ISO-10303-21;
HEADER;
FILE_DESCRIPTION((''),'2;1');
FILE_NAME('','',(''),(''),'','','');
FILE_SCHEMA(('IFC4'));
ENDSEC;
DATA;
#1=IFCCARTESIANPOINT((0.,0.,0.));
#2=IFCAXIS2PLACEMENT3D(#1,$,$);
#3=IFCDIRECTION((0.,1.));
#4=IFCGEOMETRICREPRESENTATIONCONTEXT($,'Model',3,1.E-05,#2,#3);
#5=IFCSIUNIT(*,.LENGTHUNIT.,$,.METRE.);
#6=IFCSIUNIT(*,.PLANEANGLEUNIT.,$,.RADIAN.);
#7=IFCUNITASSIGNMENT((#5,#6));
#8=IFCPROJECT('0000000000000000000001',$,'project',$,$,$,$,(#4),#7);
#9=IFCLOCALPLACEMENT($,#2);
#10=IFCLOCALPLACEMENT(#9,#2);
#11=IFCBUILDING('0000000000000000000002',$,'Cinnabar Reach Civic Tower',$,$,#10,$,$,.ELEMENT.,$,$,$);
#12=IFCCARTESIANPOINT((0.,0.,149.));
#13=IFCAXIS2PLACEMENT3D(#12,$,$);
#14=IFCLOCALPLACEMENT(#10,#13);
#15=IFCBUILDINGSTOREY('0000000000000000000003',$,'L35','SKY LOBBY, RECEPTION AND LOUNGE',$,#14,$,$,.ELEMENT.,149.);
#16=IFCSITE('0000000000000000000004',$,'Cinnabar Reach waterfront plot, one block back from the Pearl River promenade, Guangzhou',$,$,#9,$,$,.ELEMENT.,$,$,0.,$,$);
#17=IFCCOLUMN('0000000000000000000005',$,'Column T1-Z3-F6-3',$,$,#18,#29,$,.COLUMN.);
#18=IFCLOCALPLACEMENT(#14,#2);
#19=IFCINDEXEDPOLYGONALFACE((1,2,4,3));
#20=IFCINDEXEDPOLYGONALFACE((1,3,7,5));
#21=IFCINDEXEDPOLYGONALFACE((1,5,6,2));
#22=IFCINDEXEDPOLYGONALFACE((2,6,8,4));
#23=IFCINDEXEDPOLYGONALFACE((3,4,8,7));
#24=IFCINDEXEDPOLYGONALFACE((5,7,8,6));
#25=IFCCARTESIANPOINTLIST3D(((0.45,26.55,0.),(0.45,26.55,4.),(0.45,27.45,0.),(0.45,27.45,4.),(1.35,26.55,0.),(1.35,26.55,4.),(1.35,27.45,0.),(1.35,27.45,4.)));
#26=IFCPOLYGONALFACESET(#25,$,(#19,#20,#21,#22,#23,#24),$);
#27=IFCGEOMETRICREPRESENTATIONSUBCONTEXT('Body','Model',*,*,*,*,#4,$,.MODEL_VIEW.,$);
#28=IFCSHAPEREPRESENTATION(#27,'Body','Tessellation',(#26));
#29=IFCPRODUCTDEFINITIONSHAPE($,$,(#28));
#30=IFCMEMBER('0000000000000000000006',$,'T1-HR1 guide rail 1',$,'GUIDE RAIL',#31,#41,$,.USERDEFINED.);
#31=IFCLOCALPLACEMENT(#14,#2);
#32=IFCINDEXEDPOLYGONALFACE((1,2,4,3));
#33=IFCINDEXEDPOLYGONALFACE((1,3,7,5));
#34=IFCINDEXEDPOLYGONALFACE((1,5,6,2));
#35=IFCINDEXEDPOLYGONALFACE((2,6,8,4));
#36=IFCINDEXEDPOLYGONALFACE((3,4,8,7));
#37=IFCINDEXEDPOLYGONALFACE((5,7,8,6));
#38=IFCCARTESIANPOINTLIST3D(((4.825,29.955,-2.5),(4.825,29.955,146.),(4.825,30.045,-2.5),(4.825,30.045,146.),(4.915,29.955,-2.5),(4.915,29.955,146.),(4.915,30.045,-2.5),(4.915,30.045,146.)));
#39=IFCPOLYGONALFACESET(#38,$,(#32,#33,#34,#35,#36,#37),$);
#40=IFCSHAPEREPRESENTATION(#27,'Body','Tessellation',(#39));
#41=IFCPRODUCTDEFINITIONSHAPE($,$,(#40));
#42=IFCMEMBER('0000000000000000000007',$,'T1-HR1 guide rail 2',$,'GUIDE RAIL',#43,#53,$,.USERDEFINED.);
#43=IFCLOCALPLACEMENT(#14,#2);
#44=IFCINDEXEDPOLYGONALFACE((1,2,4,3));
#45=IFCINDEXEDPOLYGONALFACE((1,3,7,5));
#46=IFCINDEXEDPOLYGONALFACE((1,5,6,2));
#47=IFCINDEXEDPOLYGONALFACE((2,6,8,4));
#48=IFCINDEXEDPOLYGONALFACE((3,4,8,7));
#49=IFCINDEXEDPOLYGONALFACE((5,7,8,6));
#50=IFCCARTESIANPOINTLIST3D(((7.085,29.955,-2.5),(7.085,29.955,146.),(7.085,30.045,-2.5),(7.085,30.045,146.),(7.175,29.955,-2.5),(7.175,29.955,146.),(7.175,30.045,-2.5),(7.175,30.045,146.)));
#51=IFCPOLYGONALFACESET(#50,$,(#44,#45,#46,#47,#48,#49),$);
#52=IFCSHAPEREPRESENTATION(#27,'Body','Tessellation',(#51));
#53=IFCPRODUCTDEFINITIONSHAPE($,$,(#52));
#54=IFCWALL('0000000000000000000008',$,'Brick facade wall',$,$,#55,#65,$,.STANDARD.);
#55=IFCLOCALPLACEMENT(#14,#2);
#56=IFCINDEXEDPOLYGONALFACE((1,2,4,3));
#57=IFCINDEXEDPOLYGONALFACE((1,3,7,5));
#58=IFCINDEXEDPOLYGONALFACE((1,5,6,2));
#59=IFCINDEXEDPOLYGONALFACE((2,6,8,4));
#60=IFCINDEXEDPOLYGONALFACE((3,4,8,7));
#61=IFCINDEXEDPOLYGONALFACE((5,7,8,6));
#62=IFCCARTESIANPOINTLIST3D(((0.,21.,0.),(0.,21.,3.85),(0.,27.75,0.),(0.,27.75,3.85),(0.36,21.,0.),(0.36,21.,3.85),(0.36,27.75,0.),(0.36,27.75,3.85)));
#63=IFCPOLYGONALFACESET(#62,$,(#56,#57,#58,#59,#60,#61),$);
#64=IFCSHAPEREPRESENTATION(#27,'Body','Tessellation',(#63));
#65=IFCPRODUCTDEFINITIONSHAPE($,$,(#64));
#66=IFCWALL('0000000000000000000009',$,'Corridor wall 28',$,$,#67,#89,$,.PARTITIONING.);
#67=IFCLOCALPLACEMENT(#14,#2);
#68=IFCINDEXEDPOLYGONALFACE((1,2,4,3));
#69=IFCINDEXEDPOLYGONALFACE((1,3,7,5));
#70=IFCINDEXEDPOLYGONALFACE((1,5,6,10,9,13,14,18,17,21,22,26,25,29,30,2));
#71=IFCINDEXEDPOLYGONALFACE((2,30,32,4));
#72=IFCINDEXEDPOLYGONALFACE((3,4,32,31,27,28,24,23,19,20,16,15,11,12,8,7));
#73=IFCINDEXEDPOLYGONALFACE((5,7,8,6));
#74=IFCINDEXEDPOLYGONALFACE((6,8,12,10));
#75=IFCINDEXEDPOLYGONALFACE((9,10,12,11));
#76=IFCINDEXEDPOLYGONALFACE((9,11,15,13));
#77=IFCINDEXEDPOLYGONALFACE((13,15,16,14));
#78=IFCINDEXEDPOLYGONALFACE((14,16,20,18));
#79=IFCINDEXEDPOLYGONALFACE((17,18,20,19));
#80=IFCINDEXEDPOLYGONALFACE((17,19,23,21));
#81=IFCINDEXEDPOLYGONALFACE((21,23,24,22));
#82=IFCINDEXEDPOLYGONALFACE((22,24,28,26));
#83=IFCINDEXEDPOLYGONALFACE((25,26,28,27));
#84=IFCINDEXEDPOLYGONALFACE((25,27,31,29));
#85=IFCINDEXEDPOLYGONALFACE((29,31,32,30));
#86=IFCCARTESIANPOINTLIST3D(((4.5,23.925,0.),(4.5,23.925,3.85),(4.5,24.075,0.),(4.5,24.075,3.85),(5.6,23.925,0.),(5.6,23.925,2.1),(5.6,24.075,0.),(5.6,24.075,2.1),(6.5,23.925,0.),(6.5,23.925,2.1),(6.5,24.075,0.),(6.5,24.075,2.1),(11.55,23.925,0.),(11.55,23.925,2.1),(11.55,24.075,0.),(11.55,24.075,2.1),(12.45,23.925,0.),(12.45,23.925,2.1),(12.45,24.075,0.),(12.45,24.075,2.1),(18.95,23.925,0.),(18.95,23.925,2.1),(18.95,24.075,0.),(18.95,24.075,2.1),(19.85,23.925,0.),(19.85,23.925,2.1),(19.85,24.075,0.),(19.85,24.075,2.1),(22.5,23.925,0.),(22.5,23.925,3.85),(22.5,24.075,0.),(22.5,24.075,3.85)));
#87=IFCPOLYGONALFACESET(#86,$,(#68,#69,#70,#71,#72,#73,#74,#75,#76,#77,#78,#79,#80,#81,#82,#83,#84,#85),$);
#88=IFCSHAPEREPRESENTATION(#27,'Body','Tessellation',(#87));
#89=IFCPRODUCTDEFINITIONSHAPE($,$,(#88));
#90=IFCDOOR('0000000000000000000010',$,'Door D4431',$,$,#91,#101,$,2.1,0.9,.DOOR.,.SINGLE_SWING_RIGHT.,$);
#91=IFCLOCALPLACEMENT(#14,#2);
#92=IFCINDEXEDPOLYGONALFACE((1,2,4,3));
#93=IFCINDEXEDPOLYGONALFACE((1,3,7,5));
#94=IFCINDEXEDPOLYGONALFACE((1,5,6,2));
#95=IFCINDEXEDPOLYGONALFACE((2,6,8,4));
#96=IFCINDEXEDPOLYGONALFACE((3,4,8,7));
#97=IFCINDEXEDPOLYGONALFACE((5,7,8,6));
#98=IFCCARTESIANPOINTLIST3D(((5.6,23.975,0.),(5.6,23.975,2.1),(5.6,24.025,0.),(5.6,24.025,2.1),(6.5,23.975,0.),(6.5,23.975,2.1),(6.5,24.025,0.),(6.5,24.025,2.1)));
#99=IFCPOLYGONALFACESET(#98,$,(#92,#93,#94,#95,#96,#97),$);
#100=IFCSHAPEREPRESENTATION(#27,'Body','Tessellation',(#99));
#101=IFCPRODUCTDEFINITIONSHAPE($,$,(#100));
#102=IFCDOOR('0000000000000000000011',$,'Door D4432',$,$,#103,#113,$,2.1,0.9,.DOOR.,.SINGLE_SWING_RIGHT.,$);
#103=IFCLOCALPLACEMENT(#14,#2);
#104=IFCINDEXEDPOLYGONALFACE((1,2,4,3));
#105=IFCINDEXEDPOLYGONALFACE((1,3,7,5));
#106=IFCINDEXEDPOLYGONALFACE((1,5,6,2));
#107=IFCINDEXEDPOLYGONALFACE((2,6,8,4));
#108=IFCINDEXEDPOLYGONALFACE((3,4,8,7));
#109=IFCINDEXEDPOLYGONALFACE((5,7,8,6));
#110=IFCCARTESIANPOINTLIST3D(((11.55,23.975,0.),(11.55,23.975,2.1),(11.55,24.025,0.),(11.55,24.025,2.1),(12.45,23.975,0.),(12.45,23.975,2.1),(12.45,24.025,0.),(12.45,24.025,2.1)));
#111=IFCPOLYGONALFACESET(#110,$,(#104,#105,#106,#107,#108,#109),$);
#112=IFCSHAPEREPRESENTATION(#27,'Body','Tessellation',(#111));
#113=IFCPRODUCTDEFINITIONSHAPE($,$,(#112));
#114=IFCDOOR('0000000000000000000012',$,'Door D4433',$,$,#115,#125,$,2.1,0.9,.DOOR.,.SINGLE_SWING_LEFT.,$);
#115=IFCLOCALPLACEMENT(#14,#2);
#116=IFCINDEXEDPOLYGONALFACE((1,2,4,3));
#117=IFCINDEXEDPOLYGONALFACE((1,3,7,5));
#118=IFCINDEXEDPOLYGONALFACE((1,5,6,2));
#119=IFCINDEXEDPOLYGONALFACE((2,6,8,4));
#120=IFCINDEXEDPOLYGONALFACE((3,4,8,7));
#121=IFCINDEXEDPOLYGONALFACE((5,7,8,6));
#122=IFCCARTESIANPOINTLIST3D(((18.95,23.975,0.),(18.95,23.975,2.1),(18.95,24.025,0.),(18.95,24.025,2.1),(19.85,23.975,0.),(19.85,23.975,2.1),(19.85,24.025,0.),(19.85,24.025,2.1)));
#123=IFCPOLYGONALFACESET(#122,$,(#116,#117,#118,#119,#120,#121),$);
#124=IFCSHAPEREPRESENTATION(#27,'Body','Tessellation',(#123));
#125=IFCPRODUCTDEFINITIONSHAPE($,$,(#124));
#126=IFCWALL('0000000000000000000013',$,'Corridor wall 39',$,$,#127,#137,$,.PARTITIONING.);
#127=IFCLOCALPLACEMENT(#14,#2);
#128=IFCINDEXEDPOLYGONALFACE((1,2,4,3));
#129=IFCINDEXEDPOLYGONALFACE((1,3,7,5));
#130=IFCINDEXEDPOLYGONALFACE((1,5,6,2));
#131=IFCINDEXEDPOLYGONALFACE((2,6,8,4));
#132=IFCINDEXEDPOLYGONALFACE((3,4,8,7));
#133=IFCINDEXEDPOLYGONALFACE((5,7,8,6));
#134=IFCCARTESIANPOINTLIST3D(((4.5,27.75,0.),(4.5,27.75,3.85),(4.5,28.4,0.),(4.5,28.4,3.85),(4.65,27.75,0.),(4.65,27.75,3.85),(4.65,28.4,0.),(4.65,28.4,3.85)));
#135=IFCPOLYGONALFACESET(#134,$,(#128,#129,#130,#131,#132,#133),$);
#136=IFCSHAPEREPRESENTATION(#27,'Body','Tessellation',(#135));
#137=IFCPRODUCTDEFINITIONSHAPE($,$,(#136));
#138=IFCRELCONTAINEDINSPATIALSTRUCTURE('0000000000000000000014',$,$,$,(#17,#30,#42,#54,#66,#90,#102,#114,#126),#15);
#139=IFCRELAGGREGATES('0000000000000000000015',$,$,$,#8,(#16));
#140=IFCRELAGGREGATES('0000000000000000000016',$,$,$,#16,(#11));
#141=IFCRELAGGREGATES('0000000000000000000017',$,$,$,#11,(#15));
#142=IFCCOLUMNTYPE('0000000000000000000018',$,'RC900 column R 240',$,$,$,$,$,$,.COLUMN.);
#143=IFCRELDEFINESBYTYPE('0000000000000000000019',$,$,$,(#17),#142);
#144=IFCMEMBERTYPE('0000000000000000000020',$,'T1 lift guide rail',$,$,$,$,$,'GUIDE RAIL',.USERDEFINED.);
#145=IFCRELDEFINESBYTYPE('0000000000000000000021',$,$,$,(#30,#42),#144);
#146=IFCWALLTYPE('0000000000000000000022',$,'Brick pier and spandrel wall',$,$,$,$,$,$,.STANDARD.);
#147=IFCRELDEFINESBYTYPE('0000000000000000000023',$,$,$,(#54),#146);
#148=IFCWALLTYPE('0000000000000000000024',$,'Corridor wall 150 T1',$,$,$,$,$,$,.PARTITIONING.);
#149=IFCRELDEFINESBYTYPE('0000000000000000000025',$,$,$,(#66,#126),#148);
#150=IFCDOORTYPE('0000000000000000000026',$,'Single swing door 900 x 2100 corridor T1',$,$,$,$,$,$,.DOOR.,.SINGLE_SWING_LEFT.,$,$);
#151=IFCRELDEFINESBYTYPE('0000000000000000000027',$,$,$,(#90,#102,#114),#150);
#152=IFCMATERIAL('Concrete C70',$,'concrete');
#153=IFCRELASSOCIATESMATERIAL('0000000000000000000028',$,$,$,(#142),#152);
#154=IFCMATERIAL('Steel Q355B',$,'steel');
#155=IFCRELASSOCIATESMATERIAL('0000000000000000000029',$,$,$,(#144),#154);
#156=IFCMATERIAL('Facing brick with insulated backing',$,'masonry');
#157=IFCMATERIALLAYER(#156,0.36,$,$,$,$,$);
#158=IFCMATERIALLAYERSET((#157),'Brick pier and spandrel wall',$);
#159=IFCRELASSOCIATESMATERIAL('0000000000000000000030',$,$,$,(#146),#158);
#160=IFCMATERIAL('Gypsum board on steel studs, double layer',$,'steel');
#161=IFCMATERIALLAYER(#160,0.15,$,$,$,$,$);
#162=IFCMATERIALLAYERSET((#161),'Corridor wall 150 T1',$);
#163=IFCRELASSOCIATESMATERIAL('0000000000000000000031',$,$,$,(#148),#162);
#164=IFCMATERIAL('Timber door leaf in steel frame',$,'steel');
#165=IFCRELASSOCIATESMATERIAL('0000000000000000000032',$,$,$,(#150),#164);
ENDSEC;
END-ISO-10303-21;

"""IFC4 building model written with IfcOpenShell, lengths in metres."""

from ifc_helpers import new_model, si_unit, direction, frame, frame_2d, origin, origin_2d, place, context, subcontext, project, spatial, rectangle, extrude, material, layer, layer_set, material_profile, profile_set, type_object, element, fill, save


model = new_model("IFC4")

# Units and contexts
model_context = context("Model", 3, precision=1e-05, world=origin(), true_north=direction((0.0, 1.0)))
body_context = subcontext(model_context, "Body", "Model", "MODEL_VIEW")
ifc_project = project(units=[si_unit("LENGTHUNIT", "METRE"), si_unit("PLANEANGLEUNIT", "RADIAN")], contexts=[model_context])

# Site, building, storey
site_placement = place(None, origin())
site = spatial("IfcSite", under=ifc_project, at=site_placement, Name="Cinnabar Reach waterfront plot, one block back from the Pearl River promenade, Guangzhou", CompositionType="ELEMENT", RefElevation=0.0)
building_placement = place(site_placement, origin())
building = spatial("IfcBuilding", under=site, at=building_placement, Name="Cinnabar Reach Civic Tower", CompositionType="ELEMENT")
storey_placement = place(building_placement, frame((0.0, 0.0, 149.0)))
storey = spatial("IfcBuildingStorey", under=building, at=storey_placement, Name="L35", Description="SKY LOBBY, RECEPTION AND LOUNGE", CompositionType="ELEMENT", Elevation=149.0)

# Column
ifc_material_1 = material(Name="Concrete C70", Category="concrete")
ifc_material_profile_1 = material_profile(ifc_material_1, rectangle(XDim=0.9, YDim=0.9, at=origin_2d()), Name="RC900")
ifc_profile_set_1 = profile_set([ifc_material_profile_1], Name="Concrete C70")
column_type = type_object("IfcColumnType", Name="RC900 column R 240", PredefinedType="COLUMN", material=ifc_profile_set_1)
column_placement = place(storey_placement, frame((0.9, 27.0, 0.0), z_axis=(0.0, 0.0, 1.0), x_axis=(1.0, 0.0, 0.0)))
element("IfcColumn", 1, at=column_placement, inside=storey, type_object=column_type, Name="Column T1-Z3-F6-3", PredefinedType="COLUMN", context=body_context, shape_type="SweptSolid", body=[
    extrude(rectangle(XDim=0.9, YDim=0.9, at=origin_2d()), origin(), (0.0, 0.0, 1.0), 4.0),
])

# Members
ifc_material_2 = material(Name="Steel Q355B", Category="steel")
ifc_material_profile_2 = material_profile(ifc_material_2, rectangle(XDim=0.09, YDim=0.09, at=origin_2d()), Name="T1 lift guide rail")
ifc_profile_set_2 = profile_set([ifc_material_profile_2], Name="Steel Q355B")
member_type = type_object("IfcMemberType", Name="T1 lift guide rail", ElementType="GUIDE RAIL", PredefinedType="USERDEFINED", material=ifc_profile_set_2)
for number, where, z_axis, x_axis, name in (
    (2, (4.87, 30.0, -2.5), (0.0, 0.0, 1.0), (1.0, 0.0, 0.0), "T1-HR1 guide rail 1"),
    (3, (7.13, 30.0, -2.5), (0.0, 0.0, 1.0), (1.0, 0.0, 0.0), "T1-HR1 guide rail 2"),
):
    element("IfcMember", number, at=place(storey_placement, frame(where, z_axis=z_axis, x_axis=x_axis)), inside=storey, type_object=member_type, Name=name, ObjectType="GUIDE RAIL", PredefinedType="USERDEFINED", context=body_context, shape_type="SweptSolid", body=[
        extrude(rectangle(XDim=0.09, YDim=0.09, at=origin_2d()), origin(), (0.0, 0.0, 1.0), 148.5),
    ])

# Wall
ifc_material_3 = material(Name="Facing brick with insulated backing", Category="masonry")
ifc_layer_1 = layer(ifc_material_3, 0.36)
ifc_layer_set_1 = layer_set([ifc_layer_1], Name="Brick pier and spandrel wall")
wall_type_1 = type_object("IfcWallType", Name="Brick pier and spandrel wall", PredefinedType="STANDARD", material=ifc_layer_set_1)
wall_1_placement = place(storey_placement, frame((0.18, 27.75, 0.0), z_axis=(0.0, 0.0, 1.0), x_axis=(0.0, -1.0, 0.0)))
element("IfcWall", 4, at=wall_1_placement, inside=storey, type_object=wall_type_1, Name="Brick facade wall", PredefinedType="STANDARD", context=body_context, shape_type="SweptSolid", body=[
    extrude(rectangle(XDim=6.75, YDim=0.36, at=frame_2d((3.375, 0.0))), origin(), (0.0, 0.0, 1.0), 3.85),
])

# Wall, openings, doors
ifc_material_4 = material(Name="Gypsum board on steel studs, double layer", Category="steel")
ifc_layer_2 = layer(ifc_material_4, 0.15)
ifc_layer_set_2 = layer_set([ifc_layer_2], Name="Corridor wall 150 T1")
wall_type_2 = type_object("IfcWallType", Name="Corridor wall 150 T1", PredefinedType="PARTITIONING", material=ifc_layer_set_2)
wall_2_placement = place(storey_placement, frame((4.5, 24.0, 0.0), z_axis=(0.0, 0.0, 1.0), x_axis=(1.0, 0.0, 0.0)))
wall_2 = element("IfcWall", 5, at=wall_2_placement, inside=storey, type_object=wall_type_2, Name="Corridor wall 28", PredefinedType="PARTITIONING", context=body_context, shape_type="SweptSolid", body=[
    extrude(rectangle(XDim=18.0, YDim=0.15, at=frame_2d((9.0, 0.0))), origin(), (0.0, 0.0, 1.0), 3.85),
])
opening_1_placement = place(wall_2_placement, frame((1.1, 0.0, 0.0)))
opening_1 = element("IfcOpeningElement", 6, at=opening_1_placement, cuts=wall_2, PredefinedType="OPENING", context=body_context, shape_type="SweptSolid", body=[
    extrude(rectangle(XDim=0.9, YDim=2.1, at=frame_2d((0.45, 1.05))), frame((0.0, 0.085, 0.0), z_axis=(0.0, -1.0, 0.0), x_axis=(1.0, 0.0, 0.0)), (0.0, 0.0, 1.0), 0.17),
])
opening_2_placement = place(wall_2_placement, frame((7.05, 0.0, 0.0)))
opening_2 = element("IfcOpeningElement", 7, at=opening_2_placement, cuts=wall_2, PredefinedType="OPENING", context=body_context, shape_type="SweptSolid", body=[
    extrude(rectangle(XDim=0.9, YDim=2.1, at=frame_2d((0.45, 1.05))), frame((0.0, 0.085, 0.0), z_axis=(0.0, -1.0, 0.0), x_axis=(1.0, 0.0, 0.0)), (0.0, 0.0, 1.0), 0.17),
])
opening_3_placement = place(wall_2_placement, frame((14.45, 0.0, 0.0)))
opening_3 = element("IfcOpeningElement", 8, at=opening_3_placement, cuts=wall_2, PredefinedType="OPENING", context=body_context, shape_type="SweptSolid", body=[
    extrude(rectangle(XDim=0.9, YDim=2.1, at=frame_2d((0.45, 1.05))), frame((0.0, 0.085, 0.0), z_axis=(0.0, -1.0, 0.0), x_axis=(1.0, 0.0, 0.0)), (0.0, 0.0, 1.0), 0.17),
])
ifc_material_5 = material(Name="Timber door leaf in steel frame", Category="steel")
door_type_1 = type_object("IfcDoorType", Name="Single swing door 900 x 2100 corridor T1", OperationType="SINGLE_SWING_LEFT", PredefinedType="DOOR", material=ifc_material_5)
door_1_placement = place(opening_1_placement, frame((0.9, 0.0, 0.0), z_axis=(0.0, 0.0, 1.0), x_axis=(-1.0, 0.0, 0.0)))
door_1 = element("IfcDoor", 9, at=door_1_placement, inside=storey, type_object=door_type_1, Name="Door D4431", OperationType="SINGLE_SWING_RIGHT", OverallHeight=2.1, OverallWidth=0.9, PredefinedType="DOOR", context=body_context, shape_type="SweptSolid", body=[
    extrude(rectangle(XDim=0.9, YDim=2.1, at=frame_2d((0.45, 1.05))), frame((0.0, 0.025, 0.0), z_axis=(0.0, -1.0, 0.0), x_axis=(1.0, 0.0, 0.0)), (0.0, 0.0, 1.0), 0.05),
])
fill(opening_1, door_1)
door_2_placement = place(opening_2_placement, frame((0.9, 0.0, 0.0), z_axis=(0.0, 0.0, 1.0), x_axis=(-1.0, 0.0, 0.0)))
door_2 = element("IfcDoor", 10, at=door_2_placement, inside=storey, type_object=door_type_1, Name="Door D4432", OperationType="SINGLE_SWING_RIGHT", OverallHeight=2.1, OverallWidth=0.9, PredefinedType="DOOR", context=body_context, shape_type="SweptSolid", body=[
    extrude(rectangle(XDim=0.9, YDim=2.1, at=frame_2d((0.45, 1.05))), frame((0.0, 0.025, 0.0), z_axis=(0.0, -1.0, 0.0), x_axis=(1.0, 0.0, 0.0)), (0.0, 0.0, 1.0), 0.05),
])
fill(opening_2, door_2)
door_3_placement = place(opening_3_placement, frame((0.9, 0.0, 0.0), z_axis=(0.0, 0.0, 1.0), x_axis=(-1.0, 0.0, 0.0)))
door_3 = element("IfcDoor", 11, at=door_3_placement, inside=storey, type_object=door_type_1, Name="Door D4433", OperationType="SINGLE_SWING_LEFT", OverallHeight=2.1, OverallWidth=0.9, PredefinedType="DOOR", context=body_context, shape_type="SweptSolid", body=[
    extrude(rectangle(XDim=0.9, YDim=2.1, at=frame_2d((0.45, 1.05))), frame((0.0, 0.025, 0.0), z_axis=(0.0, -1.0, 0.0), x_axis=(1.0, 0.0, 0.0)), (0.0, 0.0, 1.0), 0.05),
])
fill(opening_3, door_3)

# Wall
wall_3_placement = place(storey_placement, frame((4.575, 27.75, 0.0), z_axis=(0.0, 0.0, 1.0), x_axis=(0.0, 1.0, 0.0)))
element("IfcWall", 12, at=wall_3_placement, inside=storey, type_object=wall_type_2, Name="Corridor wall 39", PredefinedType="PARTITIONING", context=body_context, shape_type="SweptSolid", body=[
    extrude(rectangle(XDim=0.65, YDim=0.15, at=frame_2d((0.325, 0.0))), origin(), (0.0, 0.0, 1.0), 3.85),
])

save(model, "model.ifc")
